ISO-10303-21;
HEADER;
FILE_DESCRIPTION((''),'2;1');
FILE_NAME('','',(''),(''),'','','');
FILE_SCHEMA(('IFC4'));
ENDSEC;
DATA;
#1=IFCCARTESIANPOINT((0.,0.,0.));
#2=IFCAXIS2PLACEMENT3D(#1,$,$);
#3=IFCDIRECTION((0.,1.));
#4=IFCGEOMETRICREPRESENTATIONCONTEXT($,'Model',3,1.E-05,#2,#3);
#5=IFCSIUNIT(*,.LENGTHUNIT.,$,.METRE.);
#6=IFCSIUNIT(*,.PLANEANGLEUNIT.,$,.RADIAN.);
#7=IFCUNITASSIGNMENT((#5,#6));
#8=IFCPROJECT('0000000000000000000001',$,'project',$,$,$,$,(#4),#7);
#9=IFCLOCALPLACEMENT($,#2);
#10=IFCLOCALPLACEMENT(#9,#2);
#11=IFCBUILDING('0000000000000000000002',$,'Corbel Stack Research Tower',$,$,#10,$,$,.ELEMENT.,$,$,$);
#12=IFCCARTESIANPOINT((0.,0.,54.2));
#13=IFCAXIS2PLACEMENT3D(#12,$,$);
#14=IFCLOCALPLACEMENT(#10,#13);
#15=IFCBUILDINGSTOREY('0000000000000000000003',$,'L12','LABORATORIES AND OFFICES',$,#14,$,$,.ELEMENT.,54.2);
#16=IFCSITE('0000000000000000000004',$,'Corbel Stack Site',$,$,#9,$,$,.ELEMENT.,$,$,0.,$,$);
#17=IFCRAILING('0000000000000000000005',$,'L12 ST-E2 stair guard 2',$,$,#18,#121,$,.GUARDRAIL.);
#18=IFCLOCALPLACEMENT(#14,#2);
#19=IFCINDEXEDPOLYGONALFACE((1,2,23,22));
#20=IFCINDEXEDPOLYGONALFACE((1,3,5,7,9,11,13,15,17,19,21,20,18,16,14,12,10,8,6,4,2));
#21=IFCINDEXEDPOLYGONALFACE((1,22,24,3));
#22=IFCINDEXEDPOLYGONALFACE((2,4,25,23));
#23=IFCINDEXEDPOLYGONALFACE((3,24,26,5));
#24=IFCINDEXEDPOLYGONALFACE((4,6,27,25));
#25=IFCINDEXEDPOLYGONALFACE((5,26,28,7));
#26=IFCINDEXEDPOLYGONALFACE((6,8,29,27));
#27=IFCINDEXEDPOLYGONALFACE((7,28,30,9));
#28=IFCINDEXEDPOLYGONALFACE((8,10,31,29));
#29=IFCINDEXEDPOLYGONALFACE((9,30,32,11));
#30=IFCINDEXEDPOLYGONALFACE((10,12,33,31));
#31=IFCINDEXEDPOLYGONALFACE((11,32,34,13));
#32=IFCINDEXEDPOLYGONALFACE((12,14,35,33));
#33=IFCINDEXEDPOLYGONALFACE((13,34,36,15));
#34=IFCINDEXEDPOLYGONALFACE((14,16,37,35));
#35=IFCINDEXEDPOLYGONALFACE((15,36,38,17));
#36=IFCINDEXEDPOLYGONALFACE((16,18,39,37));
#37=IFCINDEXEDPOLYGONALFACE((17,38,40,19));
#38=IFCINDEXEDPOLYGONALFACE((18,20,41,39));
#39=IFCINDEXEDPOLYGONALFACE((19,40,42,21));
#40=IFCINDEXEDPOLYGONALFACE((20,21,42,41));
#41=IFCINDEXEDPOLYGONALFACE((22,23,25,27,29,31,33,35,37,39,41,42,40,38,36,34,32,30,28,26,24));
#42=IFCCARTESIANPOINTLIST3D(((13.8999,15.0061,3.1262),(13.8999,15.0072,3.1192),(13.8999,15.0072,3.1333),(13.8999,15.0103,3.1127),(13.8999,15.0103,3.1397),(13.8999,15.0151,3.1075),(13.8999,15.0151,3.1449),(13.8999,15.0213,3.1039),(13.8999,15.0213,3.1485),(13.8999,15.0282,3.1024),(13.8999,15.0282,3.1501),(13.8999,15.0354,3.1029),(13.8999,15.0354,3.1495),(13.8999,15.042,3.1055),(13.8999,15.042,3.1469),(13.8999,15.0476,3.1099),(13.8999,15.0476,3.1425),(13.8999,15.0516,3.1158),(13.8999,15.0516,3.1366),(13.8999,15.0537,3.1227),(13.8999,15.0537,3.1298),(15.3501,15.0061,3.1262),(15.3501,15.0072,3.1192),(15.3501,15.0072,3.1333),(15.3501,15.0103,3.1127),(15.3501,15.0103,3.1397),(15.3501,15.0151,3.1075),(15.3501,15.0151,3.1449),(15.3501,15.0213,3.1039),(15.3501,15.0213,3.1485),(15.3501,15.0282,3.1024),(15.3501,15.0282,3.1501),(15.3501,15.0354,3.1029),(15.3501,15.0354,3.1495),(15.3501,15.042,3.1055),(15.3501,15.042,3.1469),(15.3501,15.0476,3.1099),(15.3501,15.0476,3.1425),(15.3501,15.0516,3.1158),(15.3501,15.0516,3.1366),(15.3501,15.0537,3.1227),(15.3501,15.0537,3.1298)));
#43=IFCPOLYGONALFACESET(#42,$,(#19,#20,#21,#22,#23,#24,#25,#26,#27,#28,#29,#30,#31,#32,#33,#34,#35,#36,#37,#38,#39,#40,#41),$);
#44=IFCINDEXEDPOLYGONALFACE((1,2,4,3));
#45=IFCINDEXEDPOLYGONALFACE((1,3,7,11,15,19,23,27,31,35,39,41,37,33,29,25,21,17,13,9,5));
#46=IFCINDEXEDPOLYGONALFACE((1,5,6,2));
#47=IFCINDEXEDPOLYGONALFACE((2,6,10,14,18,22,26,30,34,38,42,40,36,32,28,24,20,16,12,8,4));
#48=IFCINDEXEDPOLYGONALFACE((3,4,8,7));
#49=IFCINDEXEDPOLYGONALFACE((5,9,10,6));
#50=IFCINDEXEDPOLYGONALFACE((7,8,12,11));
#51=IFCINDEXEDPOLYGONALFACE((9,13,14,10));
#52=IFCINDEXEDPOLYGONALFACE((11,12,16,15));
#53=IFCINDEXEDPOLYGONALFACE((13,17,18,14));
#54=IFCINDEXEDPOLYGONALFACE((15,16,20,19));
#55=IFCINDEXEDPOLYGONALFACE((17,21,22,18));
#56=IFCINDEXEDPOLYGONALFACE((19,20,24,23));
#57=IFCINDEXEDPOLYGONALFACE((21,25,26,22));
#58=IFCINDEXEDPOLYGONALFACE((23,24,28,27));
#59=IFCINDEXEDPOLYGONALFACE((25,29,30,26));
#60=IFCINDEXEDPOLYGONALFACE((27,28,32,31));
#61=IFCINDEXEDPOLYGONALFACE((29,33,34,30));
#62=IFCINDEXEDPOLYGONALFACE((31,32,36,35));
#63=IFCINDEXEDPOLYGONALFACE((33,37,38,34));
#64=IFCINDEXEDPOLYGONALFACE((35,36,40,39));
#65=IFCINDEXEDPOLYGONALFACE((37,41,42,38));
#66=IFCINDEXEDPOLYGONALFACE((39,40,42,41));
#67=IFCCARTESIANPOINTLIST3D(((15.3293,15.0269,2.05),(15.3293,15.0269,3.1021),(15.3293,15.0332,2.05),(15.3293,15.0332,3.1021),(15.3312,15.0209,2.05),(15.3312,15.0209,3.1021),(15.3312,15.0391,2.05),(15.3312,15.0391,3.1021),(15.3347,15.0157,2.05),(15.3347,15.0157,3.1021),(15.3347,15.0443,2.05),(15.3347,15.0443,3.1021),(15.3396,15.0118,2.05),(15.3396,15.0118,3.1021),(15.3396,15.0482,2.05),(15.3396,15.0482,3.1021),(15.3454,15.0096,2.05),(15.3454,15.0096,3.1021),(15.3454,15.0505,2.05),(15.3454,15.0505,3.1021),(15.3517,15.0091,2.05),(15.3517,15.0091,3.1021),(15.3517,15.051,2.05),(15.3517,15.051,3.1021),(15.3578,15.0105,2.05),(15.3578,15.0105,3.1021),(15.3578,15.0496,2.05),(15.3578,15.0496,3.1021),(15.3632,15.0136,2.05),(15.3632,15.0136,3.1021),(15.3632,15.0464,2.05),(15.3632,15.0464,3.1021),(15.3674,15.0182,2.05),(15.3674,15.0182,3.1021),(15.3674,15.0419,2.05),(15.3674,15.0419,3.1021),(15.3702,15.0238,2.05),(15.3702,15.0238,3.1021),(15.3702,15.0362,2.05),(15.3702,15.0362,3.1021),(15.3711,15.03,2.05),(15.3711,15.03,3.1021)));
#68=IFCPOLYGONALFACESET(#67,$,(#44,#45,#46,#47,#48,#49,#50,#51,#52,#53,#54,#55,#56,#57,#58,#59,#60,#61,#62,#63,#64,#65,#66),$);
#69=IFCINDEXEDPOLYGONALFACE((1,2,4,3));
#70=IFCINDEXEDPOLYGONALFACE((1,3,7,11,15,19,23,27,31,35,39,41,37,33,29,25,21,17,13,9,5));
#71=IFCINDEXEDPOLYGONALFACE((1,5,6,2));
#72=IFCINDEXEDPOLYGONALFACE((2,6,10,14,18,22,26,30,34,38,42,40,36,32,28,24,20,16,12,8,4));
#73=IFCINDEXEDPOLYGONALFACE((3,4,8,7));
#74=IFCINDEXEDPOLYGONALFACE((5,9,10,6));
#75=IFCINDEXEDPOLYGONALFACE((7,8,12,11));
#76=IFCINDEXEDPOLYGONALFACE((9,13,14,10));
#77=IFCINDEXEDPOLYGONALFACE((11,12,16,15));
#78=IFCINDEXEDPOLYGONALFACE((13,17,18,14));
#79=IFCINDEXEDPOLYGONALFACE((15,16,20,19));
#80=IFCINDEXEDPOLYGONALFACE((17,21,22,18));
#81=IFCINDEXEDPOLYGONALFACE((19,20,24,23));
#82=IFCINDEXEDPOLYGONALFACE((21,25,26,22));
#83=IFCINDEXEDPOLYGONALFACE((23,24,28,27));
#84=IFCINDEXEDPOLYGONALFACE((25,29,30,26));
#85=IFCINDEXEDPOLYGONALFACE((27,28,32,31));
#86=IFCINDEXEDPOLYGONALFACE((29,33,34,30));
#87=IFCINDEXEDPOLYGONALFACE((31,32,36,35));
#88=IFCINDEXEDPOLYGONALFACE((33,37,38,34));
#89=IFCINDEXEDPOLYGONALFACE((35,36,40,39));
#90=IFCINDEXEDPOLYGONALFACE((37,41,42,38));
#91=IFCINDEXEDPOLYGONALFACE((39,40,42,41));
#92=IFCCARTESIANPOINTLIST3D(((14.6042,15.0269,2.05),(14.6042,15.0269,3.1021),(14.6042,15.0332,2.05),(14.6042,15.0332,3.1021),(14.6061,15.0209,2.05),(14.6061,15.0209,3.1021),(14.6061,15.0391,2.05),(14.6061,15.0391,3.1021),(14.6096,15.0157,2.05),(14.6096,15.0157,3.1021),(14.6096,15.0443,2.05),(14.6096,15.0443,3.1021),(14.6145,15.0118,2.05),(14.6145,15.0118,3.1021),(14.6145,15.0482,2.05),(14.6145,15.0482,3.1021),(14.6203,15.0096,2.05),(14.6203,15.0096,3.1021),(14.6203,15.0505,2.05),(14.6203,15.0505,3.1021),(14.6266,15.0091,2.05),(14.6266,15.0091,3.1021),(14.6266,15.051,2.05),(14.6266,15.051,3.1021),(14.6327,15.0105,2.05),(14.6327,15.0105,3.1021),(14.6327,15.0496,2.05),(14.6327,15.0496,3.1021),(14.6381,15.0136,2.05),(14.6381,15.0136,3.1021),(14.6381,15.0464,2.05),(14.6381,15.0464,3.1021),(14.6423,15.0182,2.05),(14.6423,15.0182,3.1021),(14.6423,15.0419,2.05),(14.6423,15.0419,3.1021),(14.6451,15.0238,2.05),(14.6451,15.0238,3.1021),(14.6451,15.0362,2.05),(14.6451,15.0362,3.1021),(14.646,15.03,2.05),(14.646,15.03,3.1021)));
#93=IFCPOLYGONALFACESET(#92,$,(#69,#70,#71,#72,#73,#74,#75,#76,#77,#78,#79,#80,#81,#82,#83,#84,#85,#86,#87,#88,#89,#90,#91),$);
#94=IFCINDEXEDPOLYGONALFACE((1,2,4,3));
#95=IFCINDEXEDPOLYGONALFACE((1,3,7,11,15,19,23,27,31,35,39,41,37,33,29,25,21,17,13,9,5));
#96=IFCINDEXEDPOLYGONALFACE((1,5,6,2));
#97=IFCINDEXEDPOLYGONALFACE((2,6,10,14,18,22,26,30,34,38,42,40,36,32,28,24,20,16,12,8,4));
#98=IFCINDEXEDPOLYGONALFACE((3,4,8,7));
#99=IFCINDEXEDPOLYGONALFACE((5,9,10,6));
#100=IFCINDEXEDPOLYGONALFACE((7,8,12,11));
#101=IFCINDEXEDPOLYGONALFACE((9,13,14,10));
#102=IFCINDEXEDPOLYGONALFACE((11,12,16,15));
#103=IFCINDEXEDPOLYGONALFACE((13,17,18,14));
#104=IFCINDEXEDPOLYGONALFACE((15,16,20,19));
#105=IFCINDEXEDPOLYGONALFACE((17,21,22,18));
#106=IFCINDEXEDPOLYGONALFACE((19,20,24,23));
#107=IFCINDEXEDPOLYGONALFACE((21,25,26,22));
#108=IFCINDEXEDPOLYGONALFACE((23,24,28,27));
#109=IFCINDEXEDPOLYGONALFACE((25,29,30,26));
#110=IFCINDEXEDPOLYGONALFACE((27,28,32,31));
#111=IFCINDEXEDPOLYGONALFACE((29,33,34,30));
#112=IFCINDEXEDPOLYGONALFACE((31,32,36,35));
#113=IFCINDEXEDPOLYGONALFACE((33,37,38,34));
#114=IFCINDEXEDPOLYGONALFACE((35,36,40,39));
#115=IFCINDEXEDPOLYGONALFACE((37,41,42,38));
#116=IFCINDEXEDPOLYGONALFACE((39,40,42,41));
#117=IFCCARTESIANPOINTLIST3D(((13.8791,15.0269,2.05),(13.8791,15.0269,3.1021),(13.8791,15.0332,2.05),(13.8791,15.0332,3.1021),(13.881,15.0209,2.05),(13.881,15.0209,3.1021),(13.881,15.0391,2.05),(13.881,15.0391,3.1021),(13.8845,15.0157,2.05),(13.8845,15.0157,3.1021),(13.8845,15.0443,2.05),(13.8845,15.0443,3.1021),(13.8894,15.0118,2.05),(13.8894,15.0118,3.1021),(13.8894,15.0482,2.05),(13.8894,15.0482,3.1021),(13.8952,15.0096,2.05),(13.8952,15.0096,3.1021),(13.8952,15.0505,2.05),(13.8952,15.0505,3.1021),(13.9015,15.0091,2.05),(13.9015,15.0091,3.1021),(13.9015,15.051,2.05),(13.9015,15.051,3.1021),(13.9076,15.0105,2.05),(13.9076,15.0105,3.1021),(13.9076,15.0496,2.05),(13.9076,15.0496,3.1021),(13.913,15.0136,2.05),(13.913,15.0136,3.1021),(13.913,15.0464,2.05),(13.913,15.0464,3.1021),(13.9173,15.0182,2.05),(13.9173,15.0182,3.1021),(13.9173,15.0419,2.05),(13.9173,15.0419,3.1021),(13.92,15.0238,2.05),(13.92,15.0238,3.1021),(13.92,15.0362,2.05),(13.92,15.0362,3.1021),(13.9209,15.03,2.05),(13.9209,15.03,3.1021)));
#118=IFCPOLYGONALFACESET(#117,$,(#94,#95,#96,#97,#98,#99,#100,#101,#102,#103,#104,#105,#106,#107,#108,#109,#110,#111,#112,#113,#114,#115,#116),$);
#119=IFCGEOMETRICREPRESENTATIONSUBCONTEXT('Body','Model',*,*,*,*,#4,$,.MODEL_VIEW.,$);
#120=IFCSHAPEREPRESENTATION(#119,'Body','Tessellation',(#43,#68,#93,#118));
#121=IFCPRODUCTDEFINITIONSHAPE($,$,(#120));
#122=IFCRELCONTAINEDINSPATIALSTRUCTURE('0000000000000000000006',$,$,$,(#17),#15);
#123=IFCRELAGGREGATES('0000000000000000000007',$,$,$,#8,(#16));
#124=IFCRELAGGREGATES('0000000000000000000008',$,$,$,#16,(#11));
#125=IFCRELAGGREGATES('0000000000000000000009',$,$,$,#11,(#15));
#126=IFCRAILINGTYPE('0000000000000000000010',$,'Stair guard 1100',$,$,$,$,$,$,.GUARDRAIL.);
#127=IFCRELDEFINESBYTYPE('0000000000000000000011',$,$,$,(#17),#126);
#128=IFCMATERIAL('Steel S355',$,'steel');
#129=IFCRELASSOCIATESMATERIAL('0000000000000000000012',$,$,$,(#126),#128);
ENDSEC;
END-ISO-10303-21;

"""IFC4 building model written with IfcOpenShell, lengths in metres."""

from ifc_helpers import new_model, si_unit, direction, frame, origin, origin_2d, place, context, subcontext, project, spatial, circle, extrude, material, type_object, element, save


model = new_model("IFC4")

# Units and contexts
model_context = context("Model", 3, precision=1e-05, world=origin(), true_north=direction((0.0, 1.0)))
body_context = subcontext(model_context, "Body", "Model", "MODEL_VIEW")
ifc_project = project(units=[si_unit("LENGTHUNIT", "METRE"), si_unit("PLANEANGLEUNIT", "RADIAN")], contexts=[model_context])

# Site, building, storey
site_placement = place(None, origin())
site = spatial("IfcSite", under=ifc_project, at=site_placement, Name="Corbel Stack Site", CompositionType="ELEMENT", RefElevation=0.0)
building_placement = place(site_placement, origin())
building = spatial("IfcBuilding", under=site, at=building_placement, Name="Corbel Stack Research Tower", CompositionType="ELEMENT")
storey_placement = place(building_placement, frame((0.0, 0.0, 54.2)))
storey = spatial("IfcBuildingStorey", under=building, at=storey_placement, Name="L12", Description="LABORATORIES AND OFFICES", CompositionType="ELEMENT", Elevation=54.2)

# Railing
ifc_material_1 = material(Name="Steel S355", Category="steel")
railing_type = type_object("IfcRailingType", Name="Stair guard 1100", PredefinedType="GUARDRAIL", material=ifc_material_1)
railing_1_placement = place(storey_placement, frame((15.3501, 15.03, 2.05)))
element("IfcRailing", 1, at=railing_1_placement, inside=storey, type_object=railing_type, Name="L12 ST-E2 stair guard 2", PredefinedType="GUARDRAIL", context=body_context, shape_type="SweptSolid", body=[
    extrude(circle(Radius=0.0239, at=origin_2d()), frame((0.0, 0.0, 1.0762), z_axis=(-1.0, 0.0, 0.0), x_axis=(0.0, -1.0, 0.0)), (0.0, 0.0, 1.0), 1.4502),
    extrude(circle(Radius=0.021, at=origin_2d()), origin(), (0.0, 0.0, 1.0), 1.052),
    extrude(circle(Radius=0.021, at=origin_2d()), frame((-0.7251, 0.0, 0.0)), (0.0, 0.0, 1.0), 1.052),
    extrude(circle(Radius=0.021, at=origin_2d()), frame((-1.4502, 0.0, 0.0)), (0.0, 0.0, 1.0), 1.052),
])

save(model, "model.ifc")
